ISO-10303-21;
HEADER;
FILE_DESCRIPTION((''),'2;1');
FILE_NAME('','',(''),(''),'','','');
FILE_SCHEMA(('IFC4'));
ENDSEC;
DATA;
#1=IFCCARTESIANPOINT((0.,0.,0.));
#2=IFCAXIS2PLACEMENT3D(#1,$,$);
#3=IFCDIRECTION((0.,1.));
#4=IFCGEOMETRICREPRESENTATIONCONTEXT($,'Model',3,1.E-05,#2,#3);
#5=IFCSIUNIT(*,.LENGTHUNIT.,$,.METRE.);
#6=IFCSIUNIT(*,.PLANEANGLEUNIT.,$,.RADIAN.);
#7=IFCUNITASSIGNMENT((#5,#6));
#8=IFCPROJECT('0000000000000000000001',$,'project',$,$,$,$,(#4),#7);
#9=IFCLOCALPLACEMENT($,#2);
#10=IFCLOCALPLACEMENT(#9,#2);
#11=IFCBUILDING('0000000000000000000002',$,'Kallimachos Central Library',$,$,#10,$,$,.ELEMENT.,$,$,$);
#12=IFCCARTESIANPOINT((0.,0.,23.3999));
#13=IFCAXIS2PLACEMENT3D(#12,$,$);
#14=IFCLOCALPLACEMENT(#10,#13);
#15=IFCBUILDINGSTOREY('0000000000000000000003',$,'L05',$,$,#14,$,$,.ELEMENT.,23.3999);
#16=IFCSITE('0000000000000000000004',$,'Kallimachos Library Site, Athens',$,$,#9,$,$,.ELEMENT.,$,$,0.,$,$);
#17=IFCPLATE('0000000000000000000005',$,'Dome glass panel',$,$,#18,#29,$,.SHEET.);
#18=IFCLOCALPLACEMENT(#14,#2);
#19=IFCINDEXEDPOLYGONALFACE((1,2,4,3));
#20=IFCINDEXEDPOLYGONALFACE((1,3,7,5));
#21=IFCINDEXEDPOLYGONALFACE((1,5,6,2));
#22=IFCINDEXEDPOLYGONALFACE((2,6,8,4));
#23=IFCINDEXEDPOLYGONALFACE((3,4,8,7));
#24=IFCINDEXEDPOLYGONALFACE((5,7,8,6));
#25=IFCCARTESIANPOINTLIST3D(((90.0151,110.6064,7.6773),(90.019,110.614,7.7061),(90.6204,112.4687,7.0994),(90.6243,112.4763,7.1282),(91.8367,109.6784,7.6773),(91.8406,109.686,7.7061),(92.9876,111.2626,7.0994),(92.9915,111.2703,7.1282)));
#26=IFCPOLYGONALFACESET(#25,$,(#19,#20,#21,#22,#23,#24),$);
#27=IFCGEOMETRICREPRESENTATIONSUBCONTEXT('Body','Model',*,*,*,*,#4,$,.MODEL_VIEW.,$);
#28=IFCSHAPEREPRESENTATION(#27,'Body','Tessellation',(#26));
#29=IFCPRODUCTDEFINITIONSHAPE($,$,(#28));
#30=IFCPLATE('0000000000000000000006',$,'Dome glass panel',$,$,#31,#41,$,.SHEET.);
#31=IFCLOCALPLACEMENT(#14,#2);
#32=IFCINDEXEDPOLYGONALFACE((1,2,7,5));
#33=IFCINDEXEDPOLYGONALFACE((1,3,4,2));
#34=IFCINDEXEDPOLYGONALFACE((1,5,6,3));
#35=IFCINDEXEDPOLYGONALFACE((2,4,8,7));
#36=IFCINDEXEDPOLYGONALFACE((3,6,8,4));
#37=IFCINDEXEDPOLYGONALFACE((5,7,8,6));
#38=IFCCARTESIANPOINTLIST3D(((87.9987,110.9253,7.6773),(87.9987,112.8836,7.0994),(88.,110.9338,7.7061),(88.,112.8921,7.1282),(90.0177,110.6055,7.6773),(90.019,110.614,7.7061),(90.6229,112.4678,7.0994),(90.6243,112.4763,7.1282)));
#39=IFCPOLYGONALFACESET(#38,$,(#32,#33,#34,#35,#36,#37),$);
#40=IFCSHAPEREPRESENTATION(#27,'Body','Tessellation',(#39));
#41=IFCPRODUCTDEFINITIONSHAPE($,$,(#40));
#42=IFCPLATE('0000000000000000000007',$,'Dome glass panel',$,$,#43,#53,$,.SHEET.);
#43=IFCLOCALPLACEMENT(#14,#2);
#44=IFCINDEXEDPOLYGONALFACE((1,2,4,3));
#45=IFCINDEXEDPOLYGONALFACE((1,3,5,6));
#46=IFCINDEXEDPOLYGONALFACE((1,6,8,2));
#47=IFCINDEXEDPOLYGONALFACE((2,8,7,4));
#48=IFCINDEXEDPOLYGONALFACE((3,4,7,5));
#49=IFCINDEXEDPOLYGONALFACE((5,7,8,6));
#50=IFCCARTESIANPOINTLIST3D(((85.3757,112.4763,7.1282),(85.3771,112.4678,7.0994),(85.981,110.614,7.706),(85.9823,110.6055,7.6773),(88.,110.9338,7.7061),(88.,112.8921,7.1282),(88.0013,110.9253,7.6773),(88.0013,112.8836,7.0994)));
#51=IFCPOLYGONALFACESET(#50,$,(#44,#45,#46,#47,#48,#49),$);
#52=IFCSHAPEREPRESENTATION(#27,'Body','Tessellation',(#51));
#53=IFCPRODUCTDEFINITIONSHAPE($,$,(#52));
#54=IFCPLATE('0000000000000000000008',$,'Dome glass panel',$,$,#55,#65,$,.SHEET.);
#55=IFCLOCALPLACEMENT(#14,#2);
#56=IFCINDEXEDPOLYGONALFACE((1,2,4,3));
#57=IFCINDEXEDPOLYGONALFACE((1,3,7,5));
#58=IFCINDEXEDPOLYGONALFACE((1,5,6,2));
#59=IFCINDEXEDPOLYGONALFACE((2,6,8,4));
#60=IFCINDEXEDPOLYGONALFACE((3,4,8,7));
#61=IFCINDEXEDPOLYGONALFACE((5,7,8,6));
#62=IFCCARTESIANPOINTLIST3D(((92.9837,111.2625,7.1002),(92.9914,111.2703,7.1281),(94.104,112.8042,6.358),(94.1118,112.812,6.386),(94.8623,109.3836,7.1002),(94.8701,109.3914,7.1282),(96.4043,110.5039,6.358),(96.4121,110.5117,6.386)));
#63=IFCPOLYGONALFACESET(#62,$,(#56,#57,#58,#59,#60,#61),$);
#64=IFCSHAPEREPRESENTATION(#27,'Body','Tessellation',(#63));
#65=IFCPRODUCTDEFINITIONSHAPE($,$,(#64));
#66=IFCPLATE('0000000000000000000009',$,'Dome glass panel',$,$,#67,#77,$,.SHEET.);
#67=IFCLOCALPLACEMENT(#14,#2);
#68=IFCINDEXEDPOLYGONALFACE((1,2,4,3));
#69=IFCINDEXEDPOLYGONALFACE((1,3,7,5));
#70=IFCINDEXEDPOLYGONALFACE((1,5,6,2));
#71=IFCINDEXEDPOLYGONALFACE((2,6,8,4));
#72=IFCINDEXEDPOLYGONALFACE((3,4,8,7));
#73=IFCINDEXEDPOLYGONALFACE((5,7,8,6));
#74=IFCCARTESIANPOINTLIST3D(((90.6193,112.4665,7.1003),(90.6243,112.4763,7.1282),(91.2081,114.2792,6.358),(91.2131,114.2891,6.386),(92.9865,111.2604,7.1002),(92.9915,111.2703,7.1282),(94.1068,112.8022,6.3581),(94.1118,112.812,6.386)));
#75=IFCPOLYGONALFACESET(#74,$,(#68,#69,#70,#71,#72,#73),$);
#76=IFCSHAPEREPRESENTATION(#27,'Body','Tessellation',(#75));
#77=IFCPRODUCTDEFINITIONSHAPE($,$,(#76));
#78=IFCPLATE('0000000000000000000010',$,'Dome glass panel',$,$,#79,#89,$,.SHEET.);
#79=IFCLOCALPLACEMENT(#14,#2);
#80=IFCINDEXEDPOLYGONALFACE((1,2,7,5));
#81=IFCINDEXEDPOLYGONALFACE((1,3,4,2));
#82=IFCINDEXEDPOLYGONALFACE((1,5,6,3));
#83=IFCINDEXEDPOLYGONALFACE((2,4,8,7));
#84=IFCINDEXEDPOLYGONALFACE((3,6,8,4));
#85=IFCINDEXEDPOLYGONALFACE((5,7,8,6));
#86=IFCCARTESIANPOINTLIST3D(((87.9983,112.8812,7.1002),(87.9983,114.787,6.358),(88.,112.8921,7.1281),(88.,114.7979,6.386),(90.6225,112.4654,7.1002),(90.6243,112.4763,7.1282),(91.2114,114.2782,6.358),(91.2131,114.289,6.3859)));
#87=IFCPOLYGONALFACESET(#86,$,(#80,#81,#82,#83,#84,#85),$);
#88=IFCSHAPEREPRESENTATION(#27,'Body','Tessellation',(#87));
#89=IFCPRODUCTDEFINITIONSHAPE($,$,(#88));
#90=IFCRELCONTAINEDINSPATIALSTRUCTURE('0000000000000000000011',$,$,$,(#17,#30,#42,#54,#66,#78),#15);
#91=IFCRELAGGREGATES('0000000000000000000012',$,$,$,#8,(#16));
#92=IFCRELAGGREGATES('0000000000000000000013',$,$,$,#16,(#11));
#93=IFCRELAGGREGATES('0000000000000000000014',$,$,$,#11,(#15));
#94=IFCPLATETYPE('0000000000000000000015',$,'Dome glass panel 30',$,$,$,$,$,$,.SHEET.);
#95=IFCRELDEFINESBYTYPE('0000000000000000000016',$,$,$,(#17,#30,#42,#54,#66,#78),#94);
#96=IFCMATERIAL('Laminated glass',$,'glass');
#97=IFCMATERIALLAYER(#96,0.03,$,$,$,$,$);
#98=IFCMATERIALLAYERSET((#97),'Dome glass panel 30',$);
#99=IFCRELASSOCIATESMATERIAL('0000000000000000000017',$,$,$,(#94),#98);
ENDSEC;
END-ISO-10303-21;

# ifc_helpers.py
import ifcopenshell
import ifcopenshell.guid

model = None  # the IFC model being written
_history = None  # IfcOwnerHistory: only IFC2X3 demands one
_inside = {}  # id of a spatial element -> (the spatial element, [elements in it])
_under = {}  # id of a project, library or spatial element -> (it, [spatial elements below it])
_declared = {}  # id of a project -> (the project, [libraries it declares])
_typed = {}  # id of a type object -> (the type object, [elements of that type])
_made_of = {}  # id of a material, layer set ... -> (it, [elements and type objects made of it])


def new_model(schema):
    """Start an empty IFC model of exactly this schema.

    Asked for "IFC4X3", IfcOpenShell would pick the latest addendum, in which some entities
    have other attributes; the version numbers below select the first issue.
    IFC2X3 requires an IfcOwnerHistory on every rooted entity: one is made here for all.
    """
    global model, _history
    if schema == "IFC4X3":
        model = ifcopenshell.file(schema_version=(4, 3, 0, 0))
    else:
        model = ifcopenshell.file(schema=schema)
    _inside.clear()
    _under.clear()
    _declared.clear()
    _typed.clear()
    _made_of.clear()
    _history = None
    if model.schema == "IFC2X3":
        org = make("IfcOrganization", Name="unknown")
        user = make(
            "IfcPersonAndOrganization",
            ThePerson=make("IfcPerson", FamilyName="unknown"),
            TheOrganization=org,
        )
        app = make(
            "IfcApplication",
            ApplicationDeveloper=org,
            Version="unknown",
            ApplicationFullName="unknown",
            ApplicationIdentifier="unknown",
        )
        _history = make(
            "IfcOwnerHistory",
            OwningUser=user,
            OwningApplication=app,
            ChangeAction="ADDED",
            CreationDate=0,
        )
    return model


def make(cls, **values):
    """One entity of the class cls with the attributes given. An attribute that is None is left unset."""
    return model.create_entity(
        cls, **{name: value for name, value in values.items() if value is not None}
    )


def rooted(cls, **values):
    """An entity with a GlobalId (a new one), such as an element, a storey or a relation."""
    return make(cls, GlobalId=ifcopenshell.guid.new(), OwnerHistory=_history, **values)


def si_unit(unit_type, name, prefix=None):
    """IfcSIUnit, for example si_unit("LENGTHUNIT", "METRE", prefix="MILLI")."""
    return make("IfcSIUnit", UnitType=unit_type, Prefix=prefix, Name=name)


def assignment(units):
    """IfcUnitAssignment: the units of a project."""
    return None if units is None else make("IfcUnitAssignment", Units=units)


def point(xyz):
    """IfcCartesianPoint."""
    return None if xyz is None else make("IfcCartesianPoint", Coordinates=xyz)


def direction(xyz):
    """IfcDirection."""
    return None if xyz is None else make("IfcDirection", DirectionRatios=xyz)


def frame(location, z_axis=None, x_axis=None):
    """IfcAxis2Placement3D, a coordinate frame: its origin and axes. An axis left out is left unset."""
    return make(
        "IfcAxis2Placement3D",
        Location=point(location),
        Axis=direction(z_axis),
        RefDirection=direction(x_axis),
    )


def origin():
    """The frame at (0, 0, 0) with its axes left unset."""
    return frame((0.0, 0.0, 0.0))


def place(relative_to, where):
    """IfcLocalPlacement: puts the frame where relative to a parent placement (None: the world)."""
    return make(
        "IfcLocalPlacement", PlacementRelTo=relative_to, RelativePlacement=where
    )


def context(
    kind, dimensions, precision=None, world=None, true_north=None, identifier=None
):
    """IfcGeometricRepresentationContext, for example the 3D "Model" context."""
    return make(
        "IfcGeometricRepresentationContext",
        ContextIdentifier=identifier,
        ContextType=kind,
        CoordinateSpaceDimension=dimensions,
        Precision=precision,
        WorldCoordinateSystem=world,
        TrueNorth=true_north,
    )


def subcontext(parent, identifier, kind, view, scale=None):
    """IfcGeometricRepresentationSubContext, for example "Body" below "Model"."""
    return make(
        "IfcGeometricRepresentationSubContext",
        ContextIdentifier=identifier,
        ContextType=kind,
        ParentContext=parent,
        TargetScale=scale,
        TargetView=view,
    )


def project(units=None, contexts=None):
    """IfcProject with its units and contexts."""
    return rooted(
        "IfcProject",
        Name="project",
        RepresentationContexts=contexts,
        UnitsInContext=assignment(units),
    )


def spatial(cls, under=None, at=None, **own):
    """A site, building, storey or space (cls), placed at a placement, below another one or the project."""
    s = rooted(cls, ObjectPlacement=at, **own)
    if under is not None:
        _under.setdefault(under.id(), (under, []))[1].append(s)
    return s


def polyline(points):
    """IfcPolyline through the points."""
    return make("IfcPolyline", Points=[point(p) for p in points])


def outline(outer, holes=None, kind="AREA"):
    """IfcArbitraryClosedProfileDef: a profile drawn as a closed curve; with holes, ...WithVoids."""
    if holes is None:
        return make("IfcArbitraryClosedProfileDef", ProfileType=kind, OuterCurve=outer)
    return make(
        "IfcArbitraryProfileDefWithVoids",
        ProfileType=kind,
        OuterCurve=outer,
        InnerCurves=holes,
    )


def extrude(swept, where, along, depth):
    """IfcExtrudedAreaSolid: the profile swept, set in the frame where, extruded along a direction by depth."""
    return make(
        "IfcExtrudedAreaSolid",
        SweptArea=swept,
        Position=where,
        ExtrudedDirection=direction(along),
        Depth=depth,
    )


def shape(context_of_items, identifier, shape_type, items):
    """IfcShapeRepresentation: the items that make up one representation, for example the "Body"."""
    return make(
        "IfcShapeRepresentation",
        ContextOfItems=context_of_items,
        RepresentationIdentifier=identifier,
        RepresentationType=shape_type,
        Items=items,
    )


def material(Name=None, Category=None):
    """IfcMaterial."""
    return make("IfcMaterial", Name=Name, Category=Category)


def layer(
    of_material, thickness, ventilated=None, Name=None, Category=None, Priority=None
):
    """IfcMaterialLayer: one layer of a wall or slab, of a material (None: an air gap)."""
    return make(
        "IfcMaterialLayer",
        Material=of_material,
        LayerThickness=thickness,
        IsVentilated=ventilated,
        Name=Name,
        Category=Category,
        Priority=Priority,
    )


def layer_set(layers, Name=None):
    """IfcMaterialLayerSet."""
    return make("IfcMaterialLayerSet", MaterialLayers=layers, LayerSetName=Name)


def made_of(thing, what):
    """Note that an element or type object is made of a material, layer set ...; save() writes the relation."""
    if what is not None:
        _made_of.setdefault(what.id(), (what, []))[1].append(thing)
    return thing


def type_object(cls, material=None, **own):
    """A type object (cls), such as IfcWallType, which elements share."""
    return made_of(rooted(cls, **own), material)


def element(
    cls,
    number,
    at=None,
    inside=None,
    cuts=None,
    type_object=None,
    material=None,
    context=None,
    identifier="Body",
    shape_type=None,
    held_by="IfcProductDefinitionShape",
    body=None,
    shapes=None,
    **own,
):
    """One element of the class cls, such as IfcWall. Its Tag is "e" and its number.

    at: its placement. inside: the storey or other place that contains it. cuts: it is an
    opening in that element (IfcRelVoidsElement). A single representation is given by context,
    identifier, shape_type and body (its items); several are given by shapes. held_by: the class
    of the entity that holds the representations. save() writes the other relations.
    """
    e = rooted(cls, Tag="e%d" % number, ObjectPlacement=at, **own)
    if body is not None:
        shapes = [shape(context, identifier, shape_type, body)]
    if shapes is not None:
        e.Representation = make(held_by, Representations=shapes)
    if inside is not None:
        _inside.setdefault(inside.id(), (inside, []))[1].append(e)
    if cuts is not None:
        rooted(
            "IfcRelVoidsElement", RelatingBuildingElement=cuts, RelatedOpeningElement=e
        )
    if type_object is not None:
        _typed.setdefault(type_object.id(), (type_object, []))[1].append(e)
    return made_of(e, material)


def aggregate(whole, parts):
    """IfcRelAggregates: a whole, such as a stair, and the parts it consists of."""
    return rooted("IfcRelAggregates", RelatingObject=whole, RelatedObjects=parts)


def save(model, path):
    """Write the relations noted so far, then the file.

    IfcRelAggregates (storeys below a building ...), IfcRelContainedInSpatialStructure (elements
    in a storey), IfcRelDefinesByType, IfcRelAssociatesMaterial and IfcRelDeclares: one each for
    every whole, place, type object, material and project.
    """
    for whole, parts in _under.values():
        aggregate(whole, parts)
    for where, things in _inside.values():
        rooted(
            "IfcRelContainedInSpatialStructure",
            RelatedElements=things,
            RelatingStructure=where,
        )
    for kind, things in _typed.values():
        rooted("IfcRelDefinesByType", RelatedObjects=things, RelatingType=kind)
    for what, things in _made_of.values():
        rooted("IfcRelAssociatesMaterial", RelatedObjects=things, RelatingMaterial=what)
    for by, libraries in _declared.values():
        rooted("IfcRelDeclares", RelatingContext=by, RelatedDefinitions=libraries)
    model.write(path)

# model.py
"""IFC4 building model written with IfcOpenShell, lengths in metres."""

from ifc_helpers import new_model, si_unit, direction, frame, origin, place, context, subcontext, project, spatial, polyline, outline, extrude, material, layer, layer_set, type_object, element, save


model = new_model("IFC4")

# Units and contexts
model_context = context("Model", 3, precision=1e-05, world=origin(), true_north=direction((0.0, 1.0)))
body_context = subcontext(model_context, "Body", "Model", "MODEL_VIEW")
ifc_project = project(units=[si_unit("LENGTHUNIT", "METRE"), si_unit("PLANEANGLEUNIT", "RADIAN")], contexts=[model_context])

# Site, building, storey
site_placement = place(None, origin())
site = spatial("IfcSite", under=ifc_project, at=site_placement, Name="Kallimachos Library Site, Athens", CompositionType="ELEMENT", RefElevation=0.0)
building_placement = place(site_placement, origin())
building = spatial("IfcBuilding", under=site, at=building_placement, Name="Kallimachos Central Library", CompositionType="ELEMENT")
storey_placement = place(building_placement, frame((0.0, 0.0, 23.3999)))
storey = spatial("IfcBuildingStorey", under=building, at=storey_placement, Name="L05", CompositionType="ELEMENT", Elevation=23.3999)

# Plates
ifc_material_1 = material(Name="Laminated glass", Category="glass")
ifc_layer = layer(ifc_material_1, 0.03)
ifc_layer_set = layer_set([ifc_layer], Name="Dome glass panel 30")
plate_type = type_object("IfcPlateType", Name="Dome glass panel 30", PredefinedType="SHEET", material=ifc_layer_set)
plate_1_placement = place(storey_placement, frame((91.8406, 109.686, 7.7061), z_axis=(0.129959, 0.255087, 0.958145), x_axis=(0.563707, 0.775964, -0.283044)))
element("IfcPlate", 1, at=plate_1_placement, inside=storey, type_object=plate_type, Name="Dome glass panel", PredefinedType="SHEET", context=body_context, shape_type="SweptSolid", body=[
    extrude(outline(polyline([(0.0, 0.0), (2.0416, 0.0), (1.6431, 2.6267), (-0.3067, 2.0211), (0.0, 0.0)])), origin(), (0.0, 0.0, -1.0), 0.03),
])
plate_2_placement = place(storey_placement, frame((90.019, 110.614, 7.7061), z_axis=(0.044794, 0.282754, 0.958146), x_axis=(0.296436, 0.912148, -0.283039)))
element("IfcPlate", 2, at=plate_2_placement, inside=storey, type_object=plate_type, Name="Dome glass panel", PredefinedType="SHEET", context=body_context, shape_type="SweptSolid", body=[
    extrude(outline(polyline([(0.0, 0.0), (2.0417, 0.0), (1.643, 2.6269), (-0.3068, 2.0211), (0.0, 0.0)])), origin(), (0.0, 0.0, -1.0), 0.03),
])
plate_3_placement = place(storey_placement, frame((88.0, 110.9338, 7.7061), z_axis=(-0.044794, 0.282754, 0.958146), x_axis=(0.0, 0.959109, -0.283038)))
element("IfcPlate", 3, at=plate_3_placement, inside=storey, type_object=plate_type, Name="Dome glass panel", PredefinedType="SHEET", context=body_context, shape_type="SweptSolid", body=[
    extrude(outline(polyline([(0.0, 0.0), (2.0417, 0.0), (1.643, 2.6269), (-0.3067, 2.0211), (0.0, 0.0)])), origin(), (0.0, 0.0, -1.0), 0.03),
])
plate_4_placement = place(storey_placement, frame((94.8701, 109.3914, 7.1282), z_axis=(0.259362, 0.259347, 0.930307), x_axis=(0.753867, 0.547734, -0.362867)))
element("IfcPlate", 4, at=plate_4_placement, inside=storey, type_object=plate_type, Name="Dome glass panel", PredefinedType="SHEET", context=body_context, shape_type="SweptSolid", body=[
    extrude(outline(polyline([(0.0, 0.0), (2.0454, 0.0), (1.5713, 3.2184), (-0.3871, 2.6286), (0.0, 0.0)])), origin(), (0.0, 0.0, -1.0), 0.03),
])
plate_5_placement = place(storey_placement, frame((92.9915, 111.2703, 7.1282), z_axis=(0.166521, 0.326814, 0.930303), x_axis=(0.54779, 0.753824, -0.36287)))
element("IfcPlate", 5, at=plate_5_placement, inside=storey, type_object=plate_type, Name="Dome glass panel", PredefinedType="SHEET", context=body_context, shape_type="SweptSolid", body=[
    extrude(outline(polyline([(0.0, 0.0), (2.0452, 0.0), (1.5708, 3.2185), (-0.3876, 2.6283), (0.0, 0.0)])), origin(), (0.0, 0.0, -1.0), 0.03),
])
plate_6_placement = place(storey_placement, frame((90.6243, 112.4763, 7.1282), z_axis=(0.057379, 0.362277, 0.930303), x_axis=(0.287897, 0.886247, -0.362878)))
element("IfcPlate", 6, at=plate_6_placement, inside=storey, type_object=plate_type, Name="Dome glass panel", PredefinedType="SHEET", context=body_context, shape_type="SweptSolid", body=[
    extrude(outline(polyline([(0.0, 0.0), (2.0454, 0.0), (1.5713, 3.2184), (-0.387, 2.6287), (0.0, 0.0)])), origin(), (0.0, 0.0, -1.0), 0.03),
])

save(model, "model.ifc")
